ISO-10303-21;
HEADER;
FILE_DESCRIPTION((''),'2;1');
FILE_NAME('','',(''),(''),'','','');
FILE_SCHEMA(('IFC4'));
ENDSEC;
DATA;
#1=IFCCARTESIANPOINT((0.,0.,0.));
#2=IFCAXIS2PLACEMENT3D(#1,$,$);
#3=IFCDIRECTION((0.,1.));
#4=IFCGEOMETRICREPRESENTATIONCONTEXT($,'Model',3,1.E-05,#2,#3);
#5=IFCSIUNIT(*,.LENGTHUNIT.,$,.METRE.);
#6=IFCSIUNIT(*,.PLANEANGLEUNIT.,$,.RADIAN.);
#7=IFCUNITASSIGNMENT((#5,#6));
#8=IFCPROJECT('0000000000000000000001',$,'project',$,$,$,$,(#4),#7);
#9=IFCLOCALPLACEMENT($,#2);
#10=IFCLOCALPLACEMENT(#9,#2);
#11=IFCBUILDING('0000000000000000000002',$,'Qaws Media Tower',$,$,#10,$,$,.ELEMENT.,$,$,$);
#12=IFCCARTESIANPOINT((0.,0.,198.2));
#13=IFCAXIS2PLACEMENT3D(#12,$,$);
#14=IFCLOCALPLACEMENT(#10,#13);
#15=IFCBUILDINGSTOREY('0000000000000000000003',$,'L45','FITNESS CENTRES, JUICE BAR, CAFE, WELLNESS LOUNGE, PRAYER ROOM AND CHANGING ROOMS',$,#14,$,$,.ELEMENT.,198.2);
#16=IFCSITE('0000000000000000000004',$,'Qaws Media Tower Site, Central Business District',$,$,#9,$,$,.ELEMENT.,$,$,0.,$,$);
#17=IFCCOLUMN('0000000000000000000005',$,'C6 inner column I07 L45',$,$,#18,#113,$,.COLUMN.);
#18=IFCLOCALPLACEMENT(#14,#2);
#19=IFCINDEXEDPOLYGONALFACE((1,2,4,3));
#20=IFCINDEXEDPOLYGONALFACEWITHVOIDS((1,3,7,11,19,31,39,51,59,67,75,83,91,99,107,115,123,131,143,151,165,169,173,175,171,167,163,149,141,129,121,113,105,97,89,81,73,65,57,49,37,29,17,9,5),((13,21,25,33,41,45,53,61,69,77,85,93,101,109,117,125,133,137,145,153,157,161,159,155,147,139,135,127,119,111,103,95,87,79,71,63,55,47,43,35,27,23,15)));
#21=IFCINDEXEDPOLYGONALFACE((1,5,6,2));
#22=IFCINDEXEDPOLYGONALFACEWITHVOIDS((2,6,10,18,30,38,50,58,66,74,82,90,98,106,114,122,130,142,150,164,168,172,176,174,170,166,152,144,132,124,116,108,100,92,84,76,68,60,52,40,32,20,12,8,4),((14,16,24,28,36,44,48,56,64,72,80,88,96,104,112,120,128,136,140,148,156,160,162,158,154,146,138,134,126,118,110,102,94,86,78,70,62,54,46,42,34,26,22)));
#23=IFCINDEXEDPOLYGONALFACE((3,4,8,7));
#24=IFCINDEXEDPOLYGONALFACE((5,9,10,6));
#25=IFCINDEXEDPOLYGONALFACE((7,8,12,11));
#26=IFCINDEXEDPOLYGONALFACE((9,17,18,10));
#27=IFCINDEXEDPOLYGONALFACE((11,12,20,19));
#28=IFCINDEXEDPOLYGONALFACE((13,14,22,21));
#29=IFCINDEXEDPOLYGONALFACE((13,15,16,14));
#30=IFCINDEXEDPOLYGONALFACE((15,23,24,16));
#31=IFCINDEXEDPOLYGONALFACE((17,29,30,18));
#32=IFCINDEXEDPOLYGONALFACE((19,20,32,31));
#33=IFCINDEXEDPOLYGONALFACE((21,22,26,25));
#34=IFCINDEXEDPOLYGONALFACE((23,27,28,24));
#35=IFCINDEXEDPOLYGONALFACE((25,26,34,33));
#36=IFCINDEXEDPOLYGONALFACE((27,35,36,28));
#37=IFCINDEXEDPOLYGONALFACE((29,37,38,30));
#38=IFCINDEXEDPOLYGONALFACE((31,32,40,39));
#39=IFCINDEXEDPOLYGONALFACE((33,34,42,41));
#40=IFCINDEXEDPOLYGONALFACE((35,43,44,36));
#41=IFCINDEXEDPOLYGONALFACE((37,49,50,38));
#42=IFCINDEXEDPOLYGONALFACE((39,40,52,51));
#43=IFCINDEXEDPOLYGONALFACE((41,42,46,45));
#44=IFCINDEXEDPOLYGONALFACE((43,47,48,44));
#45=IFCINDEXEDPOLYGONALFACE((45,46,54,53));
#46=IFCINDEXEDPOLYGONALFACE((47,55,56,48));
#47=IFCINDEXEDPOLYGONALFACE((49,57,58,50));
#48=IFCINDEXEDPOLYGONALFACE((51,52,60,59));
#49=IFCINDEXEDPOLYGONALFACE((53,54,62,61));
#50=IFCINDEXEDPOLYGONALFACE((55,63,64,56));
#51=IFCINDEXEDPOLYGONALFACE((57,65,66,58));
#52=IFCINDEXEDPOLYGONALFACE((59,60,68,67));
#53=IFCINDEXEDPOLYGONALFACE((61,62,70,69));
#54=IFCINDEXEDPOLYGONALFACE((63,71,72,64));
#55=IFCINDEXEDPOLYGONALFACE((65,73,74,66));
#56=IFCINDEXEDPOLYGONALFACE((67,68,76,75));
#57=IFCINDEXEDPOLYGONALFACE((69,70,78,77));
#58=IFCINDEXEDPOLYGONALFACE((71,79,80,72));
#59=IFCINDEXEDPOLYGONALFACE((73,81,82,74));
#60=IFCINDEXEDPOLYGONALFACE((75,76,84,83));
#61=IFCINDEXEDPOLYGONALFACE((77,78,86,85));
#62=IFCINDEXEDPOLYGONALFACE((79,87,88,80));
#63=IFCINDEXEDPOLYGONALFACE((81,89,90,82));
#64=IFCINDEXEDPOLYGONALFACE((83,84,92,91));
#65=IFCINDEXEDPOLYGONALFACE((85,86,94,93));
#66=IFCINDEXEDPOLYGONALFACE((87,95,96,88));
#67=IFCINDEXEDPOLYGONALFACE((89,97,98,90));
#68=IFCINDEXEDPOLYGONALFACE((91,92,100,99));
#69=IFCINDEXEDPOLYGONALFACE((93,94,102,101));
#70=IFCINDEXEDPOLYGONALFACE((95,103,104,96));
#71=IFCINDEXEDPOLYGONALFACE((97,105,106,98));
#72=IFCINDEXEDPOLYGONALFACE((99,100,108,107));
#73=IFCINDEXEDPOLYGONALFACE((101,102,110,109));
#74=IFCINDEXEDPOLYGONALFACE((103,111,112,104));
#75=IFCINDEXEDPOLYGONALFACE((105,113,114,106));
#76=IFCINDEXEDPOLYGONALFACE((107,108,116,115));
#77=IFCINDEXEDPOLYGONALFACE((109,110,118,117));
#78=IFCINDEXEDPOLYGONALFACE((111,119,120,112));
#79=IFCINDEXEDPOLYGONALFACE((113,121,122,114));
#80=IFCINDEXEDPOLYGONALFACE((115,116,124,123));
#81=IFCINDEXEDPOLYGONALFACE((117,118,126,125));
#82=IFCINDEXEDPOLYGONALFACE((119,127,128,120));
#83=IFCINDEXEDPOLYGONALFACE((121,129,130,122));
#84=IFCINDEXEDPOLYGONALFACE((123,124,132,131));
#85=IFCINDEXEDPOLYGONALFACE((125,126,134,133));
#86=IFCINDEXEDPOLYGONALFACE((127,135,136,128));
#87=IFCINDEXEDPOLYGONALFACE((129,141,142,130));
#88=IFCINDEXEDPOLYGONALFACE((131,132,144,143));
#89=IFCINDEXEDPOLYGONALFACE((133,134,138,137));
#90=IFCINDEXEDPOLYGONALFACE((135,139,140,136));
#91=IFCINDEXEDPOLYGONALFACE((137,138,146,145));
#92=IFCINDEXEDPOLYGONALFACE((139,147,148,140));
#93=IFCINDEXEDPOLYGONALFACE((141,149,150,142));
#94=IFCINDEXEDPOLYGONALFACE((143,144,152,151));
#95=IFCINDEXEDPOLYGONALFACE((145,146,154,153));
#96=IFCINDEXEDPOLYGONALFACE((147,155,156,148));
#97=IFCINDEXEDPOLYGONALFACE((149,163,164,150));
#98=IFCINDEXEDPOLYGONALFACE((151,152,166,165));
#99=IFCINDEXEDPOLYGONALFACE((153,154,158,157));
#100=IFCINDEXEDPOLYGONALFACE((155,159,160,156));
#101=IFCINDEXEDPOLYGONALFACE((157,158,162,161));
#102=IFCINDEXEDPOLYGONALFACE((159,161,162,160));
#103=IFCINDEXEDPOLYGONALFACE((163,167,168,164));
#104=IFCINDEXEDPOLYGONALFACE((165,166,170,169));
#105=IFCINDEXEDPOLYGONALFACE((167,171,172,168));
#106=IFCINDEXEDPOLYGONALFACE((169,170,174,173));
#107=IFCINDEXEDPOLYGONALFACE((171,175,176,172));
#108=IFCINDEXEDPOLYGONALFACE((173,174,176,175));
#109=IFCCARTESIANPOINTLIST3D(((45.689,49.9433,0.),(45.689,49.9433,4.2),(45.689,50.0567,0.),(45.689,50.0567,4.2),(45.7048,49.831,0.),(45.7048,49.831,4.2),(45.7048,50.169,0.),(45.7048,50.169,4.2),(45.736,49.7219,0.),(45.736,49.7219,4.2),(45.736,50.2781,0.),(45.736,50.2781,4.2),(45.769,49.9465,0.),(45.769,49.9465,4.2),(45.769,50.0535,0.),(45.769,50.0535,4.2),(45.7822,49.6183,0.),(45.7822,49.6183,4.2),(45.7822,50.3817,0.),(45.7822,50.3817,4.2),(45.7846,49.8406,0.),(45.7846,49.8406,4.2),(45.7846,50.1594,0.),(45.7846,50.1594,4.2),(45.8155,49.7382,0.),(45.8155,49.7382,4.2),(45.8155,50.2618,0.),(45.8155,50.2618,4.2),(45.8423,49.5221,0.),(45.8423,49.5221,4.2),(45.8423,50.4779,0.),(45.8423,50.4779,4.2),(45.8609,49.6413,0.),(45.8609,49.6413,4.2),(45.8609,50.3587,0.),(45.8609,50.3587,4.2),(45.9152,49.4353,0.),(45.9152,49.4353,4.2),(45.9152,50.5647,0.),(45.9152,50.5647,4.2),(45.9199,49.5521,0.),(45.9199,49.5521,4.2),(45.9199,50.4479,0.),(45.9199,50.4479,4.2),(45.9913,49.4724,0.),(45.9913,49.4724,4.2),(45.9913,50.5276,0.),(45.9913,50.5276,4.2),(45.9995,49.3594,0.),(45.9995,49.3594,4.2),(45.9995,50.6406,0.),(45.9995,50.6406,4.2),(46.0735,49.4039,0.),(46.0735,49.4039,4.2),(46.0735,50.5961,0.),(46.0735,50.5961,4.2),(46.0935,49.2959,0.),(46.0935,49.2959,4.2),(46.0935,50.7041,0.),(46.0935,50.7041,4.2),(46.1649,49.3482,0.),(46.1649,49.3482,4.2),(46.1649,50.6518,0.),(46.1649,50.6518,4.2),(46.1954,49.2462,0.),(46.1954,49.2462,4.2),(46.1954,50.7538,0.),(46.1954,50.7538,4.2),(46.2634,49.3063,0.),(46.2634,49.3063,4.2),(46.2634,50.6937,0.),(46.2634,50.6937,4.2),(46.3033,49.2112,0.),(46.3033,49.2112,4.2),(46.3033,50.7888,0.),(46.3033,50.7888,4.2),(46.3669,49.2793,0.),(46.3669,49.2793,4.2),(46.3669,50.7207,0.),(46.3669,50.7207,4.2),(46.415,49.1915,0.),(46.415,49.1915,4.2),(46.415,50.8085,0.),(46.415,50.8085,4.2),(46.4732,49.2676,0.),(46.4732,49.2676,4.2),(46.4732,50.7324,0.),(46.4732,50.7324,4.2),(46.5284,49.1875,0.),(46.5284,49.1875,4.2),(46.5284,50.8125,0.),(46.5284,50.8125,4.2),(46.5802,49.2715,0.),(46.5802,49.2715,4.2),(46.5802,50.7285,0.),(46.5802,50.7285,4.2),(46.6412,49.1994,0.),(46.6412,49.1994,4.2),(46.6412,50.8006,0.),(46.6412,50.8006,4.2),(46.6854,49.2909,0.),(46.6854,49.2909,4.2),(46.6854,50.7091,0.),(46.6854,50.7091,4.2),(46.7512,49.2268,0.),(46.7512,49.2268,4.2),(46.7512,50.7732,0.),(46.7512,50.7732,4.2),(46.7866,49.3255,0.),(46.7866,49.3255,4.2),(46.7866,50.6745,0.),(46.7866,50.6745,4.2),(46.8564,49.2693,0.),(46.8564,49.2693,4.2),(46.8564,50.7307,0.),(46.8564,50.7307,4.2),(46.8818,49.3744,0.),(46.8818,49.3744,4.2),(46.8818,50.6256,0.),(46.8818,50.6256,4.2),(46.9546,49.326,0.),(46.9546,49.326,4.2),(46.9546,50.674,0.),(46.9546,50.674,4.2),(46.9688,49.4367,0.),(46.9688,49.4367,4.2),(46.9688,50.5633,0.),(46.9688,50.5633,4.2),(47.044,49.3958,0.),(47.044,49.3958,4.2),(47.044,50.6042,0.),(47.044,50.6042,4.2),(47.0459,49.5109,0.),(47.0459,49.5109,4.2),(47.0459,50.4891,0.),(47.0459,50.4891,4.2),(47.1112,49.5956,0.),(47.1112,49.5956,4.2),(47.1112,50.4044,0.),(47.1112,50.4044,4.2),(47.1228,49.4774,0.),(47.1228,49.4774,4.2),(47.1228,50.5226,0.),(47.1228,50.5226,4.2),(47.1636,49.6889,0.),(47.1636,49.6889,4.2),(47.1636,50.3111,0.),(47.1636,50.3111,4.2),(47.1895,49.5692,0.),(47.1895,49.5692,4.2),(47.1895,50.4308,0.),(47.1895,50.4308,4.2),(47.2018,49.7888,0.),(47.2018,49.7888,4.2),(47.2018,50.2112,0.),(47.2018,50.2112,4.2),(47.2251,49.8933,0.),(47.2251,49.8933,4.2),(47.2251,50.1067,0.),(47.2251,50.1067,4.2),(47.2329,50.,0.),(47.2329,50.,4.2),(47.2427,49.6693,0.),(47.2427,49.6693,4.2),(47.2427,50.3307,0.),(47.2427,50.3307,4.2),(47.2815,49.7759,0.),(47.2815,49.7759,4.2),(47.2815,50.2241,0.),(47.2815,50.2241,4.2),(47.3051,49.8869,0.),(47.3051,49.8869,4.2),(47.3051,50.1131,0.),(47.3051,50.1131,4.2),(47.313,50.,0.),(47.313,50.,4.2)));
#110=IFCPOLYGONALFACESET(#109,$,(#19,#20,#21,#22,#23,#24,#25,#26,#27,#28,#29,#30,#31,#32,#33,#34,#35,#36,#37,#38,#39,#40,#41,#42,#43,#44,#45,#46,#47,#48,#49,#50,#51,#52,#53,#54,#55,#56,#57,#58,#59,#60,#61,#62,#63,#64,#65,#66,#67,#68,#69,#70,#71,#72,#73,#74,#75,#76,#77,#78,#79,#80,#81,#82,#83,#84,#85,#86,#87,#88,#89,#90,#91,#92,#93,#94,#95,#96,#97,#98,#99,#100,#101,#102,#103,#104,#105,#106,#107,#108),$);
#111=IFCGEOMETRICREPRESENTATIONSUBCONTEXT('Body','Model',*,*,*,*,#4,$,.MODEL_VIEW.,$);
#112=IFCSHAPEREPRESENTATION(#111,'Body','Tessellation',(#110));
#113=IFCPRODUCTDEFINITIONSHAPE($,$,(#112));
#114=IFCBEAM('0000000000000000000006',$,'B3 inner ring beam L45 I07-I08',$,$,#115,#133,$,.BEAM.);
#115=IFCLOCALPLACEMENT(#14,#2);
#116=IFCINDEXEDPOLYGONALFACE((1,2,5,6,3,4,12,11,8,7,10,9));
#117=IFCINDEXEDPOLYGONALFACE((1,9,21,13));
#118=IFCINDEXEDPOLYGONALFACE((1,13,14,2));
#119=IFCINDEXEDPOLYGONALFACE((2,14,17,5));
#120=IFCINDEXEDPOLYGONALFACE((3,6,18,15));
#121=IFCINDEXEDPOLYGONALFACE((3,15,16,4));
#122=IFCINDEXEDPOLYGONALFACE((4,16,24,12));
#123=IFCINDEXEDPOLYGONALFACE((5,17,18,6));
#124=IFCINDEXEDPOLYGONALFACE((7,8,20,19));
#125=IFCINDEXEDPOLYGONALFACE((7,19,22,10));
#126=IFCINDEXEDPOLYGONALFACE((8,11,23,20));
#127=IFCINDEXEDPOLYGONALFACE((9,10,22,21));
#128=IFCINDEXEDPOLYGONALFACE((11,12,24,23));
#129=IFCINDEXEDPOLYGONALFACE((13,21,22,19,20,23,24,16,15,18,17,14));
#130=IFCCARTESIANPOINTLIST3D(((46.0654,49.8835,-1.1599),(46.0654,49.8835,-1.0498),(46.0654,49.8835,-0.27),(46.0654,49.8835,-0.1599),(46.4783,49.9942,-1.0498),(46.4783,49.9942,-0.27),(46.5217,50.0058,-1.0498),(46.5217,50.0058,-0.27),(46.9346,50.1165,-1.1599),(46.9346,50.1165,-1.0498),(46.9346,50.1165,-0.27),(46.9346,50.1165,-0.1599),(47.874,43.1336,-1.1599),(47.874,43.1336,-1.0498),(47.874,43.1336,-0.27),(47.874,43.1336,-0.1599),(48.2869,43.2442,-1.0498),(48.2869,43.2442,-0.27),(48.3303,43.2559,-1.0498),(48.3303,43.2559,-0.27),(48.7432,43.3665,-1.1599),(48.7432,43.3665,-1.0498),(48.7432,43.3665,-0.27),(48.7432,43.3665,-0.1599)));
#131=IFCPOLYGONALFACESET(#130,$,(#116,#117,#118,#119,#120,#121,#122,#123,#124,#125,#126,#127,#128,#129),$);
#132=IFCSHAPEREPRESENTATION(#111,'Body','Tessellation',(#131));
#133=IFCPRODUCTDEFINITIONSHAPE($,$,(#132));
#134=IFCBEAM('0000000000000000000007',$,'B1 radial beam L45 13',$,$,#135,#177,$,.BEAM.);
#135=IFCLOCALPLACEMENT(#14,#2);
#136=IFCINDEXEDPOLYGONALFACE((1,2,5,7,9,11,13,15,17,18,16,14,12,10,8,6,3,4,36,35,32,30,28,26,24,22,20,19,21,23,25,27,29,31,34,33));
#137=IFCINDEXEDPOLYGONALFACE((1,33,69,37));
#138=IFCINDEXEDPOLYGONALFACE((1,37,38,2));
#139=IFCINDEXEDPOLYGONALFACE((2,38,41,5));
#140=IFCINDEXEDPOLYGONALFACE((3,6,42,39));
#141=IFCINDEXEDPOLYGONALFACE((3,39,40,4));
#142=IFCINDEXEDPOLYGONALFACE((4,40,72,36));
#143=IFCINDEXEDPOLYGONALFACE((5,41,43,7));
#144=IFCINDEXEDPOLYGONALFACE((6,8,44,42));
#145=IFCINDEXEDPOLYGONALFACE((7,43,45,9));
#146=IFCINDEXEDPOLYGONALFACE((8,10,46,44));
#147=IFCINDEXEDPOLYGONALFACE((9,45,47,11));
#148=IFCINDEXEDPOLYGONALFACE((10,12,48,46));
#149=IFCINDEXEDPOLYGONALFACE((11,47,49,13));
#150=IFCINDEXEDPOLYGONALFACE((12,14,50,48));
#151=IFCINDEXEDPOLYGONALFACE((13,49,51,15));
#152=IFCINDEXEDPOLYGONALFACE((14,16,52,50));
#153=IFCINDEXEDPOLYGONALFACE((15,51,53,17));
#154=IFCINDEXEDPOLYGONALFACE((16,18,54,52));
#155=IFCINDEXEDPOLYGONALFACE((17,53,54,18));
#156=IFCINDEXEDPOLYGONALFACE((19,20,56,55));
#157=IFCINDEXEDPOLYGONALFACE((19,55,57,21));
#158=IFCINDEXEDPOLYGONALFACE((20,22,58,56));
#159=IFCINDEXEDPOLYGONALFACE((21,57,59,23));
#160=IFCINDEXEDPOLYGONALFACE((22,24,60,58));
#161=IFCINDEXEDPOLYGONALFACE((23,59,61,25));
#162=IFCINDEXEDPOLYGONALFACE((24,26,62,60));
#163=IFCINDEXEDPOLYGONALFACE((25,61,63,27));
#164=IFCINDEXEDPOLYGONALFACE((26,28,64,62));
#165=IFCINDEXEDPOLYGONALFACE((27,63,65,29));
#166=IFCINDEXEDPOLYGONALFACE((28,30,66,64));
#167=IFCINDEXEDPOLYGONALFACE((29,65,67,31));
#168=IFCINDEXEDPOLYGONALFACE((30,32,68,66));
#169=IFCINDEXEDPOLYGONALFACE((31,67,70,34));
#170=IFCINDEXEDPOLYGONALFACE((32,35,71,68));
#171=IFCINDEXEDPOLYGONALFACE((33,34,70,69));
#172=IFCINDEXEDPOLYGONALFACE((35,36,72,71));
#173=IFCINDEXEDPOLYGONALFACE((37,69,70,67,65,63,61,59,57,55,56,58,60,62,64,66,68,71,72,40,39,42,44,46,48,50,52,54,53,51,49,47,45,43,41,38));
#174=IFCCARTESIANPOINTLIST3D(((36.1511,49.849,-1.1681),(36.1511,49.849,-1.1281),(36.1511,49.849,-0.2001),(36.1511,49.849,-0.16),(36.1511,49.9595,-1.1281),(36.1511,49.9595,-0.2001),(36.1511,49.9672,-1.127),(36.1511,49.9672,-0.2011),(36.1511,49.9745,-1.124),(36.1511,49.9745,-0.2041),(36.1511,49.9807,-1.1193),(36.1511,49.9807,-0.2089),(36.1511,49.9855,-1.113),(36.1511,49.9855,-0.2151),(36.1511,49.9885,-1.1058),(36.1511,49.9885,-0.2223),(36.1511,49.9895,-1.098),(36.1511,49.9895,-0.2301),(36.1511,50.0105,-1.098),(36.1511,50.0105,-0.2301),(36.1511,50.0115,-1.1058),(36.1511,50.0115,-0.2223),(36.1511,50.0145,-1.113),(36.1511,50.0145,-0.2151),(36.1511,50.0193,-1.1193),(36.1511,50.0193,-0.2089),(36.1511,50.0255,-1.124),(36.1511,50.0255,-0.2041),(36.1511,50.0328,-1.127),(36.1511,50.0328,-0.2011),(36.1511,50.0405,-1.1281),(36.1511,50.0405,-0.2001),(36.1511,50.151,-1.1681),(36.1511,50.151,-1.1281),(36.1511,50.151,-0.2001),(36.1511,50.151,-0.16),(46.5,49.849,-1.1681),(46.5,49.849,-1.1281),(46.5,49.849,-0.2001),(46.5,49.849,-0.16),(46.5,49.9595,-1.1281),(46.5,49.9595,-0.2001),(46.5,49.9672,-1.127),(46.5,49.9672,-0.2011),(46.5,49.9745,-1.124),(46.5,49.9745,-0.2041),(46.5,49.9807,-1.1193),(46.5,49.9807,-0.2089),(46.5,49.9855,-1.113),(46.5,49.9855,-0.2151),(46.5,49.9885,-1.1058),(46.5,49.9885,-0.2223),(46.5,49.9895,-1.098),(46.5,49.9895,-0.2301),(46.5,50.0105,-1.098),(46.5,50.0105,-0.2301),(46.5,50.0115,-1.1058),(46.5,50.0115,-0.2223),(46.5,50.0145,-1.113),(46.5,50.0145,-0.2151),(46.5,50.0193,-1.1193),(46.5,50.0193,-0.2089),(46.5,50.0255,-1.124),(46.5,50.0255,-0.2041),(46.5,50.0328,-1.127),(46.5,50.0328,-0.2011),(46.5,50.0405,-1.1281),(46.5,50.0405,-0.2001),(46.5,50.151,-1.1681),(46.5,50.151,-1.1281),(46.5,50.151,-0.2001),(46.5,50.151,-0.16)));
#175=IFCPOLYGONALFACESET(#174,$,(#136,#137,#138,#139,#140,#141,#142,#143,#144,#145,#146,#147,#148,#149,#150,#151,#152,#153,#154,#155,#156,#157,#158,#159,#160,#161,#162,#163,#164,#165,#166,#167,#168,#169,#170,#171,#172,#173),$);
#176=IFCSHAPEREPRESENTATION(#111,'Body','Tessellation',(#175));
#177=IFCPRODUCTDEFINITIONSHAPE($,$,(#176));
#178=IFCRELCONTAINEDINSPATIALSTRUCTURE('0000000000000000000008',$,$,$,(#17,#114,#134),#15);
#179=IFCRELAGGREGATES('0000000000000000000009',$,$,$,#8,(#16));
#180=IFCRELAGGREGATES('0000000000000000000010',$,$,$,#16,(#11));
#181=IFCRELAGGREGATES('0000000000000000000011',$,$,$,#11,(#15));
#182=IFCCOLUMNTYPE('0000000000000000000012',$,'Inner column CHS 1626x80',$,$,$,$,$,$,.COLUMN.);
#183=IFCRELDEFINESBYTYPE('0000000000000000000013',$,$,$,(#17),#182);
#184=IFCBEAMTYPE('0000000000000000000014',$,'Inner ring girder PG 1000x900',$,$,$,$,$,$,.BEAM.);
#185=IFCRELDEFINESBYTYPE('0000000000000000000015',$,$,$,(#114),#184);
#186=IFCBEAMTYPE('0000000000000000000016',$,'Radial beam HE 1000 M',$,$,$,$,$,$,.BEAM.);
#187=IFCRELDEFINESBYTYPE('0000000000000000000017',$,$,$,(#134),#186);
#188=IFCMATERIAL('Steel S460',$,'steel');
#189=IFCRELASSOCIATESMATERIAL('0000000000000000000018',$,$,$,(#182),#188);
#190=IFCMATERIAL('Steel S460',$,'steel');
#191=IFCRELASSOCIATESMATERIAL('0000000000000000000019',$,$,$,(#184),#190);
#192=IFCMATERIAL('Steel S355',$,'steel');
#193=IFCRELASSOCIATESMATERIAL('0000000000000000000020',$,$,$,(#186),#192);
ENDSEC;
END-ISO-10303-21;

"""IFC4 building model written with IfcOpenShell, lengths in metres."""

from ifc_helpers import new_model, si_unit, direction, frame, origin, origin_2d, place, context, subcontext, project, spatial, hollow_circle, i_section, extrude, material, material_profile, profile_set, type_object, element, save


model = new_model("IFC4")

# Units and contexts
model_context = context("Model", 3, precision=1e-05, world=origin(), true_north=direction((0.0, 1.0)))
body_context = subcontext(model_context, "Body", "Model", "MODEL_VIEW")
ifc_project = project(units=[si_unit("LENGTHUNIT", "METRE"), si_unit("PLANEANGLEUNIT", "RADIAN")], contexts=[model_context])

# Site, building, storey
site_placement = place(None, origin())
site = spatial("IfcSite", under=ifc_project, at=site_placement, Name="Qaws Media Tower Site, Central Business District", CompositionType="ELEMENT", RefElevation=0.0)
building_placement = place(site_placement, origin())
building = spatial("IfcBuilding", under=site, at=building_placement, Name="Qaws Media Tower", CompositionType="ELEMENT")
storey_placement = place(building_placement, frame((0.0, 0.0, 198.2)))
storey = spatial("IfcBuildingStorey", under=building, at=storey_placement, Name="L45", Description="FITNESS CENTRES, JUICE BAR, CAFE, WELLNESS LOUNGE, PRAYER ROOM AND CHANGING ROOMS", CompositionType="ELEMENT", Elevation=198.2)

# Column
ifc_material_1 = material(Name="Steel S460", Category="steel")
ifc_material_profile_1 = material_profile(ifc_material_1, hollow_circle(Radius=0.813, WallThickness=0.0801, at=origin_2d()), Name="CHS 1626x80")
ifc_profile_set_1 = profile_set([ifc_material_profile_1], Name="Steel S460")
column_type = type_object("IfcColumnType", Name="Inner column CHS 1626x80", PredefinedType="COLUMN", material=ifc_profile_set_1)
column_placement = place(storey_placement, frame((46.5, 50.0, 0.0), z_axis=(0.0, 0.0, 1.0), x_axis=(1.0, 0.0, 0.0)))
element("IfcColumn", 1, at=column_placement, inside=storey, type_object=column_type, Name="C6 inner column I07 L45", PredefinedType="COLUMN", context=body_context, shape_type="SweptSolid", body=[
    extrude(hollow_circle(Radius=0.813, WallThickness=0.0801, at=origin_2d()), origin(), (0.0, 0.0, 1.0), 4.2),
])

# Beams
ifc_material_2 = material(Name="Steel S460", Category="steel")
ifc_material_profile_2 = material_profile(ifc_material_2, i_section(OverallWidth=0.8999, OverallDepth=1.0, WebThickness=0.0449, FlangeThickness=0.1101, at=origin_2d()), Name="PG 1000x900")
ifc_profile_set_2 = profile_set([ifc_material_profile_2], Name="Steel S460")
beam_type_1 = type_object("IfcBeamType", Name="Inner ring girder PG 1000x900", PredefinedType="BEAM", material=ifc_profile_set_2)
beam_1_placement = place(storey_placement, frame((46.5, 50.0, -0.6599), z_axis=(0.258811, -0.965928, 0.0), x_axis=(0.965928, 0.258811, 0.0)))
element("IfcBeam", 2, at=beam_1_placement, inside=storey, type_object=beam_type_1, Name="B3 inner ring beam L45 I07-I08", PredefinedType="BEAM", context=body_context, shape_type="SweptSolid", body=[
    extrude(i_section(OverallWidth=0.8999, OverallDepth=1.0, WebThickness=0.0449, FlangeThickness=0.1101, at=origin_2d()), origin(), (0.0, 0.0, 1.0), 6.988),
])
ifc_material_3 = material(Name="Steel S355", Category="steel")
ifc_material_profile_3 = material_profile(ifc_material_3, i_section(OverallWidth=0.302, OverallDepth=1.0081, WebThickness=0.021, FlangeThickness=0.04, FilletRadius=0.03, at=origin_2d()), Name="HE 1000 M")
ifc_profile_set_3 = profile_set([ifc_material_profile_3], Name="Steel S355")
beam_type_2 = type_object("IfcBeamType", Name="Radial beam HE 1000 M", PredefinedType="BEAM", material=ifc_profile_set_3)
beam_2_placement = place(storey_placement, frame((46.5, 50.0, -0.6641), z_axis=(-1.0, 0.0, 0.0), x_axis=(0.0, -1.0, 0.0)))
element("IfcBeam", 3, at=beam_2_placement, inside=storey, type_object=beam_type_2, Name="B1 radial beam L45 13", PredefinedType="BEAM", context=body_context, shape_type="SweptSolid", body=[
    extrude(i_section(OverallWidth=0.302, OverallDepth=1.0081, WebThickness=0.021, FlangeThickness=0.04, FilletRadius=0.03, at=origin_2d()), origin(), (0.0, 0.0, 1.0), 10.3489),
])

save(model, "model.ifc")
